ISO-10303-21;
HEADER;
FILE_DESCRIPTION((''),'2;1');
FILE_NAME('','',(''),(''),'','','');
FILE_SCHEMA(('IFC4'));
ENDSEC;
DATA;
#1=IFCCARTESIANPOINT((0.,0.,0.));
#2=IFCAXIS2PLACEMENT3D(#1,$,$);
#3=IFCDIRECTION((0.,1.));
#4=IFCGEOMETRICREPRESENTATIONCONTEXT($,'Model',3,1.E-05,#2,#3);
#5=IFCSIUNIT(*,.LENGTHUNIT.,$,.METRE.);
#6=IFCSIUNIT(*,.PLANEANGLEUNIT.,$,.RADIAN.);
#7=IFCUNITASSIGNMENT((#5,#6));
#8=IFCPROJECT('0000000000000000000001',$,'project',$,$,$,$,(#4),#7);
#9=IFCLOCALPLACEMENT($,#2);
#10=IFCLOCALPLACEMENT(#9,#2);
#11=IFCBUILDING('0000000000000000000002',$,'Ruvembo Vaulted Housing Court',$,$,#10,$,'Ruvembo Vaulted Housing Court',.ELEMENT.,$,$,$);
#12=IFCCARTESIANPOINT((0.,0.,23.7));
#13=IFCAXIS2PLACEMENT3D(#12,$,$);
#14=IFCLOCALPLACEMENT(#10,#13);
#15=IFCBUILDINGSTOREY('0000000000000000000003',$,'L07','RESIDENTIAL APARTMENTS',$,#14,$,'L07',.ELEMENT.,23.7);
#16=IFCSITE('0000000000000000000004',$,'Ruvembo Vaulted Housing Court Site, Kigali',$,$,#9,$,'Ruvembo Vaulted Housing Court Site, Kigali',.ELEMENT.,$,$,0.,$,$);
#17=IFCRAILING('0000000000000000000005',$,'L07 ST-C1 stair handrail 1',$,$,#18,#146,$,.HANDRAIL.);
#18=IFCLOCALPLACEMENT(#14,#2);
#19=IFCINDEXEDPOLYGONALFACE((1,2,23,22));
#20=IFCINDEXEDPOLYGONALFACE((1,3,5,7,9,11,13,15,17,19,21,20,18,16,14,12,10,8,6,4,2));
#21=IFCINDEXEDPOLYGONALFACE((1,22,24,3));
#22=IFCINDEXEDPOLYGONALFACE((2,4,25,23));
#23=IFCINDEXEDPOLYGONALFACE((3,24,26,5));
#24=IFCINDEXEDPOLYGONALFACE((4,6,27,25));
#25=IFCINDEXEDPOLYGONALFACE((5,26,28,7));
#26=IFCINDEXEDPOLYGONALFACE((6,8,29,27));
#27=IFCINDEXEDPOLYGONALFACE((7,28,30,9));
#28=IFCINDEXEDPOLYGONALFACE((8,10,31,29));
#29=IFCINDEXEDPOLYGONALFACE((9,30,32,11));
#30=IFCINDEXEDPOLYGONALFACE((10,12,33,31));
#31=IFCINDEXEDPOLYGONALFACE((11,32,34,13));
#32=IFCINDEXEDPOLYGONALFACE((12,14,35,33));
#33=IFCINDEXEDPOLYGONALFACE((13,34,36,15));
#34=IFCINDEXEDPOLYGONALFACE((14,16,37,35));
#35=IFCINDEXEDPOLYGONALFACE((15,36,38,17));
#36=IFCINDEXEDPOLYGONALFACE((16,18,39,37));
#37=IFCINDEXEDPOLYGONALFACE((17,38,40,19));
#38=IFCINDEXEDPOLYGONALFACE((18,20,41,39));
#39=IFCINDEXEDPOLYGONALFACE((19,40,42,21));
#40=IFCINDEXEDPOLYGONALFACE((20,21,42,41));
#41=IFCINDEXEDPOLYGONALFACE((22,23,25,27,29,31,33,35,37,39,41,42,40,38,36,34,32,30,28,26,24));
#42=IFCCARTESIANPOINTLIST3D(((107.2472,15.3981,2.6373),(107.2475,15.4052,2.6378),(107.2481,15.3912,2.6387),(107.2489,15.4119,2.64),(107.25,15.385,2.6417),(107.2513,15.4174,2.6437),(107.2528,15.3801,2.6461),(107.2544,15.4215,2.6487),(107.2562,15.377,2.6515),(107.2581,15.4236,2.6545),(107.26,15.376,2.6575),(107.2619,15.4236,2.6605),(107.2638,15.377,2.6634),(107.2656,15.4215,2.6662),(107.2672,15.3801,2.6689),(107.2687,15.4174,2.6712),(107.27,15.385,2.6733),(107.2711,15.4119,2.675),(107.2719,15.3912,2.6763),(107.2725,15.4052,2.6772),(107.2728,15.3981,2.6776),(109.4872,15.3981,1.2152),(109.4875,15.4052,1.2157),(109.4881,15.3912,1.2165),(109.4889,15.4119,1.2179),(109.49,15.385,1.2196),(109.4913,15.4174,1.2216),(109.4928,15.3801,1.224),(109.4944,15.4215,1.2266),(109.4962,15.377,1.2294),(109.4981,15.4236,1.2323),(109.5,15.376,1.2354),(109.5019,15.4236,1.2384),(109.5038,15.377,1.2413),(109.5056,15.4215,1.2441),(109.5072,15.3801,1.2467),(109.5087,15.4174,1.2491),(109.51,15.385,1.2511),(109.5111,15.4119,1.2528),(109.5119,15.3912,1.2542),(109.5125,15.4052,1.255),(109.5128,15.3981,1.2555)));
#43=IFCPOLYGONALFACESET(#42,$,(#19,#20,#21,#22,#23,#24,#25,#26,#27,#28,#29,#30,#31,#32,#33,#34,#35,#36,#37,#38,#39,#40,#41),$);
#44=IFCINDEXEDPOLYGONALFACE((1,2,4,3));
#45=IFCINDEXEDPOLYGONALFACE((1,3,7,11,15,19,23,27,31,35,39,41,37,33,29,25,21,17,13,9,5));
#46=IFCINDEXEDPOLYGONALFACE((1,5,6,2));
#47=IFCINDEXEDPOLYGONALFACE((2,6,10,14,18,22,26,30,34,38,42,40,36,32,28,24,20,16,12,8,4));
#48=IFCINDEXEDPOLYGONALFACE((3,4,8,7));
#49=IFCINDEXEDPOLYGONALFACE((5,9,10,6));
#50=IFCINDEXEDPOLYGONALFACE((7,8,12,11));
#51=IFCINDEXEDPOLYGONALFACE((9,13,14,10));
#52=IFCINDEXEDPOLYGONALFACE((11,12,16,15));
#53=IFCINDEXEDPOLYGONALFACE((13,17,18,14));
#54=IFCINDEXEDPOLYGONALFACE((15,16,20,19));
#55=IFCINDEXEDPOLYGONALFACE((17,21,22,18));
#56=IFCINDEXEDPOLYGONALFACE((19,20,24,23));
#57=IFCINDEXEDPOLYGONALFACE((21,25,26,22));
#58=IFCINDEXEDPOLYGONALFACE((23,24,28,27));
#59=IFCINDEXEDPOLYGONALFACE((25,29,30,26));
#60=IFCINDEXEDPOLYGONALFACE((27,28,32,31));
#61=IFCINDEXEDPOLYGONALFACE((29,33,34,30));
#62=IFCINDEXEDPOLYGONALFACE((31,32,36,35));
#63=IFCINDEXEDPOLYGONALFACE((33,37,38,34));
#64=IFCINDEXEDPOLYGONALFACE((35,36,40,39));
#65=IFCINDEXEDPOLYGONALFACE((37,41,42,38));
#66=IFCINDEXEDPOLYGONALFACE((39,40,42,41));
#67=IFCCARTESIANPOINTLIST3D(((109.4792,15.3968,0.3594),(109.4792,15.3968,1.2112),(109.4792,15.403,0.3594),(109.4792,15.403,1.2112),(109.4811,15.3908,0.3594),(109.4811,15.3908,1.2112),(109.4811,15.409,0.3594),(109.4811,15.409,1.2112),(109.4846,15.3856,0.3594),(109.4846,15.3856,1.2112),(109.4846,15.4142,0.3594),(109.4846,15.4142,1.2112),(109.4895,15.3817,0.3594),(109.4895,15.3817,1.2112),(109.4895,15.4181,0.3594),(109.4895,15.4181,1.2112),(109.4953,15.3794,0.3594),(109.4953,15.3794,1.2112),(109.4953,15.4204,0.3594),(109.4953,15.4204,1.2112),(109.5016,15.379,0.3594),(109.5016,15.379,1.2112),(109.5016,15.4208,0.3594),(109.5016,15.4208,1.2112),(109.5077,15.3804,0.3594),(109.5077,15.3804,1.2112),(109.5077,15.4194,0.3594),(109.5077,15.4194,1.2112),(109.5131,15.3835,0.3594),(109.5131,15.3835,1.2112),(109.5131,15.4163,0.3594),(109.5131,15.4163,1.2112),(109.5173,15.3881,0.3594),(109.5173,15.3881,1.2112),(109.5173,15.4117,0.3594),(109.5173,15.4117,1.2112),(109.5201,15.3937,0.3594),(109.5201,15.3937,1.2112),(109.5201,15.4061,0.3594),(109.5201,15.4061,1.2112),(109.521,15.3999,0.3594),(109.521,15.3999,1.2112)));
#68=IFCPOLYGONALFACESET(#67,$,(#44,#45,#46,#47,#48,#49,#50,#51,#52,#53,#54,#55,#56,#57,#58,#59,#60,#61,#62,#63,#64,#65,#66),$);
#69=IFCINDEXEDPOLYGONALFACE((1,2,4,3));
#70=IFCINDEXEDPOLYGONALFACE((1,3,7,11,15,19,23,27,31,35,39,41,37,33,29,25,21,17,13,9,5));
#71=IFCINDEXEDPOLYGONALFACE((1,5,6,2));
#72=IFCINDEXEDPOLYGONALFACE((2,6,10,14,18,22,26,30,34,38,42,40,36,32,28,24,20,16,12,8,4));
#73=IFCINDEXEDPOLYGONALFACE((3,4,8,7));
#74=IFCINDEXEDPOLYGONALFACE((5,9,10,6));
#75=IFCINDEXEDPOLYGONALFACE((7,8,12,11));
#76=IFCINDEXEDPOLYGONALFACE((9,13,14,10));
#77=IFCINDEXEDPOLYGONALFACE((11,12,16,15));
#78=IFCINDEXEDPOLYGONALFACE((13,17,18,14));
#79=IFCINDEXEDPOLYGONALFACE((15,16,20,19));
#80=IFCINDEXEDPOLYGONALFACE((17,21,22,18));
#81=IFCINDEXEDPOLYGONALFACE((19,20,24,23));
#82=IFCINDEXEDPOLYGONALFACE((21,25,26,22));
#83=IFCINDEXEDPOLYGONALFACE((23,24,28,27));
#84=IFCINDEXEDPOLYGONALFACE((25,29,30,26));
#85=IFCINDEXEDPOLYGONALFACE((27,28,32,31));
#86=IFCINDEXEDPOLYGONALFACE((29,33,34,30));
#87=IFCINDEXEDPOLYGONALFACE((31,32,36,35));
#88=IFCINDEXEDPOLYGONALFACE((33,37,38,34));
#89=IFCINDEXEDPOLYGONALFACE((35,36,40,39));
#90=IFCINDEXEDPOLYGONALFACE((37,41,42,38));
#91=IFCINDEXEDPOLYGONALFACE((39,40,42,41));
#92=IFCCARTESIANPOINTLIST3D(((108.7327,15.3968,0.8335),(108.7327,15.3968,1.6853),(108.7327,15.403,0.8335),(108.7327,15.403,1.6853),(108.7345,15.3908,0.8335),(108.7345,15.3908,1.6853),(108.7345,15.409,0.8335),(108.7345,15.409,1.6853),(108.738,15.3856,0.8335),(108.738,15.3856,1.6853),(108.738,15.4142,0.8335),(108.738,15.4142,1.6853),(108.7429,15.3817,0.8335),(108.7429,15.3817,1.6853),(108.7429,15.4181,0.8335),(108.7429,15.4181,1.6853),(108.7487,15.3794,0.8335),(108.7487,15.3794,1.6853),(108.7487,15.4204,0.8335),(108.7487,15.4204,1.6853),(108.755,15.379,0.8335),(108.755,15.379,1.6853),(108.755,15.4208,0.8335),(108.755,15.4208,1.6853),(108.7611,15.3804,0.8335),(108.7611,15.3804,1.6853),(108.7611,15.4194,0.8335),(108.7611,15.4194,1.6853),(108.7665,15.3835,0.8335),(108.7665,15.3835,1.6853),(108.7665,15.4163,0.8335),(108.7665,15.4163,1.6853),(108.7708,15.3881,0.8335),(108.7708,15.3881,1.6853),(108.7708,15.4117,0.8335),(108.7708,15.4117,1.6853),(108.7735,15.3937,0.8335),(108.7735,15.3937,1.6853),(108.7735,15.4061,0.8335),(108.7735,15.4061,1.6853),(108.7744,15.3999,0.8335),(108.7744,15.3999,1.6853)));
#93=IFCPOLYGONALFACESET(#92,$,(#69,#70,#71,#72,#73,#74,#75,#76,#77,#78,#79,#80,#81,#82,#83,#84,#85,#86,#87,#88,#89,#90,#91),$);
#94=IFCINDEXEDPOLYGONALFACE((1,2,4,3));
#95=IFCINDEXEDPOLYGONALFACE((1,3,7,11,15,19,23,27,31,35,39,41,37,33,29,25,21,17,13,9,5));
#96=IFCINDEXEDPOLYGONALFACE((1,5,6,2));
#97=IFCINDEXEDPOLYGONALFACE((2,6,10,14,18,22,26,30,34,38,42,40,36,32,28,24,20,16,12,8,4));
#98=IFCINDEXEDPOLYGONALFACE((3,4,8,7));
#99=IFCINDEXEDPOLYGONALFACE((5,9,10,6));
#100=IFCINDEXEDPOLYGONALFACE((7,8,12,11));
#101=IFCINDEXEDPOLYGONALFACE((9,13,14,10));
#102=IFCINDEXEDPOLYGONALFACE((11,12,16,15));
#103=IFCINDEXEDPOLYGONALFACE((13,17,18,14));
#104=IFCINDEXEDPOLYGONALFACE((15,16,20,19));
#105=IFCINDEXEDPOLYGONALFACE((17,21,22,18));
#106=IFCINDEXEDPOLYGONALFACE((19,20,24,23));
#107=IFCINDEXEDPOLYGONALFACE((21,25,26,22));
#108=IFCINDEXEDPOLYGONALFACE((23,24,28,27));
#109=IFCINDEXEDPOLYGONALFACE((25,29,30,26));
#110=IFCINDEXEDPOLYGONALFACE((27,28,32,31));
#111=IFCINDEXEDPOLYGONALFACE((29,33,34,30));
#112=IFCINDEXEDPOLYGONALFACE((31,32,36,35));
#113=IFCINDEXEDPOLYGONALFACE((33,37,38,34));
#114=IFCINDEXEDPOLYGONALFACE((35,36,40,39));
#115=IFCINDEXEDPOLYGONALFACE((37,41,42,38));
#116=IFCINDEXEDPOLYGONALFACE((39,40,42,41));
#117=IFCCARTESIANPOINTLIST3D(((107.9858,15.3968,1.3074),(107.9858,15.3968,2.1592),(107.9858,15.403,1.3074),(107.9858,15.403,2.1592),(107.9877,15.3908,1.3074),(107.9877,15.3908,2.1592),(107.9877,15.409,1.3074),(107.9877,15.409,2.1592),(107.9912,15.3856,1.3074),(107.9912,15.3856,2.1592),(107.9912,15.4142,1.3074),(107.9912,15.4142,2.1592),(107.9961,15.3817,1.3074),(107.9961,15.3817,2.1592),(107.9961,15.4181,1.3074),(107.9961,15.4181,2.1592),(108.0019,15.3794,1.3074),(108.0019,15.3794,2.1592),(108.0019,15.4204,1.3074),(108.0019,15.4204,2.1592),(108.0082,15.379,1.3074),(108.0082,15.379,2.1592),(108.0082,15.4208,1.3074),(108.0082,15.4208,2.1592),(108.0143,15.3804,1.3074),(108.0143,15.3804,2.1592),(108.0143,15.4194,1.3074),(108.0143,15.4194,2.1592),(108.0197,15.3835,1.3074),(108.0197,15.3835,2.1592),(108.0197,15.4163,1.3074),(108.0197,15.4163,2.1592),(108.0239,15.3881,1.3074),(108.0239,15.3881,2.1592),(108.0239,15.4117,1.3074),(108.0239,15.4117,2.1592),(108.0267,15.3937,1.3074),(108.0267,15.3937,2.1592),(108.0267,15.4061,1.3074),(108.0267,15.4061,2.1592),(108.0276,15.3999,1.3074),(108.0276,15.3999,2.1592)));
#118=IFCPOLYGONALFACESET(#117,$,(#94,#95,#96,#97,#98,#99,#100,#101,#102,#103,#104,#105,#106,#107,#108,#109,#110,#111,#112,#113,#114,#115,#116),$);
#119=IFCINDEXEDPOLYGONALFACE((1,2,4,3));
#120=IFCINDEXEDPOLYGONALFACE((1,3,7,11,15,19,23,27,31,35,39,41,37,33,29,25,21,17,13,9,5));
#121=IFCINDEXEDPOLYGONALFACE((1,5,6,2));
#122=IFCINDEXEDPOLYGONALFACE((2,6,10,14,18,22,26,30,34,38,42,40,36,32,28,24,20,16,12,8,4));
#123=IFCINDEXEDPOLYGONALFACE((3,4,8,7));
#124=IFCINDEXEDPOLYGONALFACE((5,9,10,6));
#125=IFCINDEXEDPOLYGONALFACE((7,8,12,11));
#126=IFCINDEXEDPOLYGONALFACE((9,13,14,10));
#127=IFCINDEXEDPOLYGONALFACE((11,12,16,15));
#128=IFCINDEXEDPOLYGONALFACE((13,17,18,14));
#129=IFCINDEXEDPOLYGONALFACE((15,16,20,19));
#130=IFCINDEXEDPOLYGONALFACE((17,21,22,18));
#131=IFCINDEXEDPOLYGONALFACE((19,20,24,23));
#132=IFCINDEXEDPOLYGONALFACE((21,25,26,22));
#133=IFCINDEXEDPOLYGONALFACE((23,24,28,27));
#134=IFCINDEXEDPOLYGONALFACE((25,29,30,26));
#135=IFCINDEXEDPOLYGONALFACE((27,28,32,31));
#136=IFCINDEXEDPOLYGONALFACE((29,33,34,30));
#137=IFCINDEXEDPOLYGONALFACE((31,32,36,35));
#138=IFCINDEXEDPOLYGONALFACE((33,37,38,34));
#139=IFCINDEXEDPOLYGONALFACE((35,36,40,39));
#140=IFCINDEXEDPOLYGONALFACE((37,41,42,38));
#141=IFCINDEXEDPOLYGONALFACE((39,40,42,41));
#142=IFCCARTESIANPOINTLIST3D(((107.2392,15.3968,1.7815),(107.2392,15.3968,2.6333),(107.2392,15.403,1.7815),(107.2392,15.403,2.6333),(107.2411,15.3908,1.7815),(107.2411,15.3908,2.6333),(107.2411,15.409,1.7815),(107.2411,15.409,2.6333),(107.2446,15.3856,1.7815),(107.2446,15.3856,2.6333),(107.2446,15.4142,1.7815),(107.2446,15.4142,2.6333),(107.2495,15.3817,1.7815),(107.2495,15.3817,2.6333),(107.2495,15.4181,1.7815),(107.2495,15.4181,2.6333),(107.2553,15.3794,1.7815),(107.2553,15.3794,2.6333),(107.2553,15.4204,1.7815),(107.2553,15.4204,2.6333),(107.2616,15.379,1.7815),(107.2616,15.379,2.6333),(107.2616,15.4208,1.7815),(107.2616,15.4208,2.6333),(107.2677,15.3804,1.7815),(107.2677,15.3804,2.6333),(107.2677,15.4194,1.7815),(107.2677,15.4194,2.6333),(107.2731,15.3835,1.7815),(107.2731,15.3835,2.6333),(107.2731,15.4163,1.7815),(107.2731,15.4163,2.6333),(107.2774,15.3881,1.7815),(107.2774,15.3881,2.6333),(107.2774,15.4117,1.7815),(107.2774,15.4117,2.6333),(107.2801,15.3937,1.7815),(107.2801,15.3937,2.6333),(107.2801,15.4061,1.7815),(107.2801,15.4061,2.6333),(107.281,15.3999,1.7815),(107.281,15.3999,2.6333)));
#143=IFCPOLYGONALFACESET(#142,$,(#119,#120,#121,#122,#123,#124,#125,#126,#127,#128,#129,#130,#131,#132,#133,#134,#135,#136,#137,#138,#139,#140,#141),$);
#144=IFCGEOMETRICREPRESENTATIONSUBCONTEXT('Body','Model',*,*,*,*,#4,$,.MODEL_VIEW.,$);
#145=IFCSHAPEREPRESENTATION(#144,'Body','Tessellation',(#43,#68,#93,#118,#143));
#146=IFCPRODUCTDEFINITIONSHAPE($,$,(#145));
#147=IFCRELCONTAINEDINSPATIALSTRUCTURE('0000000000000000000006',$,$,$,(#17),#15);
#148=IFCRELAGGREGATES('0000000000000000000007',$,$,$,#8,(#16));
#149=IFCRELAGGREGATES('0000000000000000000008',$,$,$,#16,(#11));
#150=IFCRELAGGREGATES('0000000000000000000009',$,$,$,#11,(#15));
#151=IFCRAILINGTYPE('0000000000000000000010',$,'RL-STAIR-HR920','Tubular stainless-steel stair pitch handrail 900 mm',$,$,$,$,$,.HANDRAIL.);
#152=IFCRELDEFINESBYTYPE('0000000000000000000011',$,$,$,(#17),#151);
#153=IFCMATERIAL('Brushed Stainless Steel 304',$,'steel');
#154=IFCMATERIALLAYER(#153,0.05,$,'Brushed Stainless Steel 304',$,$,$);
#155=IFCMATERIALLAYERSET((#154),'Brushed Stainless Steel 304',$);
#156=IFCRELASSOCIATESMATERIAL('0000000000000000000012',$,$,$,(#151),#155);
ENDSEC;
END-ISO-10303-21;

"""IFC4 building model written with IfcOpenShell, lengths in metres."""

from ifc_helpers import new_model, si_unit, direction, frame, origin, origin_2d, place, context, subcontext, project, spatial, circle, extrude, material, layer, layer_set, type_object, element, save


model = new_model("IFC4")

# Units and contexts
model_context = context("Model", 3, precision=1e-05, world=origin(), true_north=direction((0.0, 1.0)))
body_context = subcontext(model_context, "Body", "Model", "MODEL_VIEW")
ifc_project = project(units=[si_unit("LENGTHUNIT", "METRE"), si_unit("PLANEANGLEUNIT", "RADIAN")], contexts=[model_context])

# Site, building, storey
site_placement = place(None, origin())
site = spatial("IfcSite", under=ifc_project, at=site_placement, Name="Ruvembo Vaulted Housing Court Site, Kigali", LongName="Ruvembo Vaulted Housing Court Site, Kigali", CompositionType="ELEMENT", RefElevation=0.0)
building_placement = place(site_placement, origin())
building = spatial("IfcBuilding", under=site, at=building_placement, Name="Ruvembo Vaulted Housing Court", LongName="Ruvembo Vaulted Housing Court", CompositionType="ELEMENT")
storey_placement = place(building_placement, frame((0.0, 0.0, 23.7)))
storey = spatial("IfcBuildingStorey", under=building, at=storey_placement, Name="L07", Description="RESIDENTIAL APARTMENTS", LongName="L07", CompositionType="ELEMENT", Elevation=23.7)

# Shared definitions
ifc_material_1 = material(Name="Brushed Stainless Steel 304", Category="steel")

# Railing
ifc_layer_1 = layer(ifc_material_1, 0.05, Name="Brushed Stainless Steel 304")
ifc_layer_set_1 = layer_set([ifc_layer_1], Name="Brushed Stainless Steel 304")
railing_type_1 = type_object("IfcRailingType", Name="RL-STAIR-HR920", Description="Tubular stainless-steel stair pitch handrail 900 mm", PredefinedType="HANDRAIL", material=ifc_layer_set_1)
railing_1_placement = place(storey_placement, frame((109.5, 15.3999, 0.3594)))
element("IfcRailing", 1, at=railing_1_placement, inside=storey, type_object=railing_type_1, Name="L07 ST-C1 stair handrail 1", PredefinedType="HANDRAIL", context=body_context, shape_type="SweptSolid", body=[
    extrude(circle(Radius=0.0239, at=origin_2d()), frame((0.0, 0.0, 0.876), z_axis=(-0.844229, 0.0, 0.535982), x_axis=(0.0, -1.0, 0.0)), (0.0, 0.0, 1.0), 2.6533),
    extrude(circle(Radius=0.021, at=origin_2d()), origin(), (0.0, 0.0, 1.0), 0.8518),
    extrude(circle(Radius=0.021, at=origin_2d()), frame((-0.7466, 0.0, 0.4741)), (0.0, 0.0, 1.0), 0.8518),
    extrude(circle(Radius=0.021, at=origin_2d()), frame((-1.4934, 0.0, 0.948)), (0.0, 0.0, 1.0), 0.8518),
    extrude(circle(Radius=0.021, at=origin_2d()), frame((-2.24, 0.0, 1.4221)), (0.0, 0.0, 1.0), 0.8518),
])

save(model, "model.ifc")
